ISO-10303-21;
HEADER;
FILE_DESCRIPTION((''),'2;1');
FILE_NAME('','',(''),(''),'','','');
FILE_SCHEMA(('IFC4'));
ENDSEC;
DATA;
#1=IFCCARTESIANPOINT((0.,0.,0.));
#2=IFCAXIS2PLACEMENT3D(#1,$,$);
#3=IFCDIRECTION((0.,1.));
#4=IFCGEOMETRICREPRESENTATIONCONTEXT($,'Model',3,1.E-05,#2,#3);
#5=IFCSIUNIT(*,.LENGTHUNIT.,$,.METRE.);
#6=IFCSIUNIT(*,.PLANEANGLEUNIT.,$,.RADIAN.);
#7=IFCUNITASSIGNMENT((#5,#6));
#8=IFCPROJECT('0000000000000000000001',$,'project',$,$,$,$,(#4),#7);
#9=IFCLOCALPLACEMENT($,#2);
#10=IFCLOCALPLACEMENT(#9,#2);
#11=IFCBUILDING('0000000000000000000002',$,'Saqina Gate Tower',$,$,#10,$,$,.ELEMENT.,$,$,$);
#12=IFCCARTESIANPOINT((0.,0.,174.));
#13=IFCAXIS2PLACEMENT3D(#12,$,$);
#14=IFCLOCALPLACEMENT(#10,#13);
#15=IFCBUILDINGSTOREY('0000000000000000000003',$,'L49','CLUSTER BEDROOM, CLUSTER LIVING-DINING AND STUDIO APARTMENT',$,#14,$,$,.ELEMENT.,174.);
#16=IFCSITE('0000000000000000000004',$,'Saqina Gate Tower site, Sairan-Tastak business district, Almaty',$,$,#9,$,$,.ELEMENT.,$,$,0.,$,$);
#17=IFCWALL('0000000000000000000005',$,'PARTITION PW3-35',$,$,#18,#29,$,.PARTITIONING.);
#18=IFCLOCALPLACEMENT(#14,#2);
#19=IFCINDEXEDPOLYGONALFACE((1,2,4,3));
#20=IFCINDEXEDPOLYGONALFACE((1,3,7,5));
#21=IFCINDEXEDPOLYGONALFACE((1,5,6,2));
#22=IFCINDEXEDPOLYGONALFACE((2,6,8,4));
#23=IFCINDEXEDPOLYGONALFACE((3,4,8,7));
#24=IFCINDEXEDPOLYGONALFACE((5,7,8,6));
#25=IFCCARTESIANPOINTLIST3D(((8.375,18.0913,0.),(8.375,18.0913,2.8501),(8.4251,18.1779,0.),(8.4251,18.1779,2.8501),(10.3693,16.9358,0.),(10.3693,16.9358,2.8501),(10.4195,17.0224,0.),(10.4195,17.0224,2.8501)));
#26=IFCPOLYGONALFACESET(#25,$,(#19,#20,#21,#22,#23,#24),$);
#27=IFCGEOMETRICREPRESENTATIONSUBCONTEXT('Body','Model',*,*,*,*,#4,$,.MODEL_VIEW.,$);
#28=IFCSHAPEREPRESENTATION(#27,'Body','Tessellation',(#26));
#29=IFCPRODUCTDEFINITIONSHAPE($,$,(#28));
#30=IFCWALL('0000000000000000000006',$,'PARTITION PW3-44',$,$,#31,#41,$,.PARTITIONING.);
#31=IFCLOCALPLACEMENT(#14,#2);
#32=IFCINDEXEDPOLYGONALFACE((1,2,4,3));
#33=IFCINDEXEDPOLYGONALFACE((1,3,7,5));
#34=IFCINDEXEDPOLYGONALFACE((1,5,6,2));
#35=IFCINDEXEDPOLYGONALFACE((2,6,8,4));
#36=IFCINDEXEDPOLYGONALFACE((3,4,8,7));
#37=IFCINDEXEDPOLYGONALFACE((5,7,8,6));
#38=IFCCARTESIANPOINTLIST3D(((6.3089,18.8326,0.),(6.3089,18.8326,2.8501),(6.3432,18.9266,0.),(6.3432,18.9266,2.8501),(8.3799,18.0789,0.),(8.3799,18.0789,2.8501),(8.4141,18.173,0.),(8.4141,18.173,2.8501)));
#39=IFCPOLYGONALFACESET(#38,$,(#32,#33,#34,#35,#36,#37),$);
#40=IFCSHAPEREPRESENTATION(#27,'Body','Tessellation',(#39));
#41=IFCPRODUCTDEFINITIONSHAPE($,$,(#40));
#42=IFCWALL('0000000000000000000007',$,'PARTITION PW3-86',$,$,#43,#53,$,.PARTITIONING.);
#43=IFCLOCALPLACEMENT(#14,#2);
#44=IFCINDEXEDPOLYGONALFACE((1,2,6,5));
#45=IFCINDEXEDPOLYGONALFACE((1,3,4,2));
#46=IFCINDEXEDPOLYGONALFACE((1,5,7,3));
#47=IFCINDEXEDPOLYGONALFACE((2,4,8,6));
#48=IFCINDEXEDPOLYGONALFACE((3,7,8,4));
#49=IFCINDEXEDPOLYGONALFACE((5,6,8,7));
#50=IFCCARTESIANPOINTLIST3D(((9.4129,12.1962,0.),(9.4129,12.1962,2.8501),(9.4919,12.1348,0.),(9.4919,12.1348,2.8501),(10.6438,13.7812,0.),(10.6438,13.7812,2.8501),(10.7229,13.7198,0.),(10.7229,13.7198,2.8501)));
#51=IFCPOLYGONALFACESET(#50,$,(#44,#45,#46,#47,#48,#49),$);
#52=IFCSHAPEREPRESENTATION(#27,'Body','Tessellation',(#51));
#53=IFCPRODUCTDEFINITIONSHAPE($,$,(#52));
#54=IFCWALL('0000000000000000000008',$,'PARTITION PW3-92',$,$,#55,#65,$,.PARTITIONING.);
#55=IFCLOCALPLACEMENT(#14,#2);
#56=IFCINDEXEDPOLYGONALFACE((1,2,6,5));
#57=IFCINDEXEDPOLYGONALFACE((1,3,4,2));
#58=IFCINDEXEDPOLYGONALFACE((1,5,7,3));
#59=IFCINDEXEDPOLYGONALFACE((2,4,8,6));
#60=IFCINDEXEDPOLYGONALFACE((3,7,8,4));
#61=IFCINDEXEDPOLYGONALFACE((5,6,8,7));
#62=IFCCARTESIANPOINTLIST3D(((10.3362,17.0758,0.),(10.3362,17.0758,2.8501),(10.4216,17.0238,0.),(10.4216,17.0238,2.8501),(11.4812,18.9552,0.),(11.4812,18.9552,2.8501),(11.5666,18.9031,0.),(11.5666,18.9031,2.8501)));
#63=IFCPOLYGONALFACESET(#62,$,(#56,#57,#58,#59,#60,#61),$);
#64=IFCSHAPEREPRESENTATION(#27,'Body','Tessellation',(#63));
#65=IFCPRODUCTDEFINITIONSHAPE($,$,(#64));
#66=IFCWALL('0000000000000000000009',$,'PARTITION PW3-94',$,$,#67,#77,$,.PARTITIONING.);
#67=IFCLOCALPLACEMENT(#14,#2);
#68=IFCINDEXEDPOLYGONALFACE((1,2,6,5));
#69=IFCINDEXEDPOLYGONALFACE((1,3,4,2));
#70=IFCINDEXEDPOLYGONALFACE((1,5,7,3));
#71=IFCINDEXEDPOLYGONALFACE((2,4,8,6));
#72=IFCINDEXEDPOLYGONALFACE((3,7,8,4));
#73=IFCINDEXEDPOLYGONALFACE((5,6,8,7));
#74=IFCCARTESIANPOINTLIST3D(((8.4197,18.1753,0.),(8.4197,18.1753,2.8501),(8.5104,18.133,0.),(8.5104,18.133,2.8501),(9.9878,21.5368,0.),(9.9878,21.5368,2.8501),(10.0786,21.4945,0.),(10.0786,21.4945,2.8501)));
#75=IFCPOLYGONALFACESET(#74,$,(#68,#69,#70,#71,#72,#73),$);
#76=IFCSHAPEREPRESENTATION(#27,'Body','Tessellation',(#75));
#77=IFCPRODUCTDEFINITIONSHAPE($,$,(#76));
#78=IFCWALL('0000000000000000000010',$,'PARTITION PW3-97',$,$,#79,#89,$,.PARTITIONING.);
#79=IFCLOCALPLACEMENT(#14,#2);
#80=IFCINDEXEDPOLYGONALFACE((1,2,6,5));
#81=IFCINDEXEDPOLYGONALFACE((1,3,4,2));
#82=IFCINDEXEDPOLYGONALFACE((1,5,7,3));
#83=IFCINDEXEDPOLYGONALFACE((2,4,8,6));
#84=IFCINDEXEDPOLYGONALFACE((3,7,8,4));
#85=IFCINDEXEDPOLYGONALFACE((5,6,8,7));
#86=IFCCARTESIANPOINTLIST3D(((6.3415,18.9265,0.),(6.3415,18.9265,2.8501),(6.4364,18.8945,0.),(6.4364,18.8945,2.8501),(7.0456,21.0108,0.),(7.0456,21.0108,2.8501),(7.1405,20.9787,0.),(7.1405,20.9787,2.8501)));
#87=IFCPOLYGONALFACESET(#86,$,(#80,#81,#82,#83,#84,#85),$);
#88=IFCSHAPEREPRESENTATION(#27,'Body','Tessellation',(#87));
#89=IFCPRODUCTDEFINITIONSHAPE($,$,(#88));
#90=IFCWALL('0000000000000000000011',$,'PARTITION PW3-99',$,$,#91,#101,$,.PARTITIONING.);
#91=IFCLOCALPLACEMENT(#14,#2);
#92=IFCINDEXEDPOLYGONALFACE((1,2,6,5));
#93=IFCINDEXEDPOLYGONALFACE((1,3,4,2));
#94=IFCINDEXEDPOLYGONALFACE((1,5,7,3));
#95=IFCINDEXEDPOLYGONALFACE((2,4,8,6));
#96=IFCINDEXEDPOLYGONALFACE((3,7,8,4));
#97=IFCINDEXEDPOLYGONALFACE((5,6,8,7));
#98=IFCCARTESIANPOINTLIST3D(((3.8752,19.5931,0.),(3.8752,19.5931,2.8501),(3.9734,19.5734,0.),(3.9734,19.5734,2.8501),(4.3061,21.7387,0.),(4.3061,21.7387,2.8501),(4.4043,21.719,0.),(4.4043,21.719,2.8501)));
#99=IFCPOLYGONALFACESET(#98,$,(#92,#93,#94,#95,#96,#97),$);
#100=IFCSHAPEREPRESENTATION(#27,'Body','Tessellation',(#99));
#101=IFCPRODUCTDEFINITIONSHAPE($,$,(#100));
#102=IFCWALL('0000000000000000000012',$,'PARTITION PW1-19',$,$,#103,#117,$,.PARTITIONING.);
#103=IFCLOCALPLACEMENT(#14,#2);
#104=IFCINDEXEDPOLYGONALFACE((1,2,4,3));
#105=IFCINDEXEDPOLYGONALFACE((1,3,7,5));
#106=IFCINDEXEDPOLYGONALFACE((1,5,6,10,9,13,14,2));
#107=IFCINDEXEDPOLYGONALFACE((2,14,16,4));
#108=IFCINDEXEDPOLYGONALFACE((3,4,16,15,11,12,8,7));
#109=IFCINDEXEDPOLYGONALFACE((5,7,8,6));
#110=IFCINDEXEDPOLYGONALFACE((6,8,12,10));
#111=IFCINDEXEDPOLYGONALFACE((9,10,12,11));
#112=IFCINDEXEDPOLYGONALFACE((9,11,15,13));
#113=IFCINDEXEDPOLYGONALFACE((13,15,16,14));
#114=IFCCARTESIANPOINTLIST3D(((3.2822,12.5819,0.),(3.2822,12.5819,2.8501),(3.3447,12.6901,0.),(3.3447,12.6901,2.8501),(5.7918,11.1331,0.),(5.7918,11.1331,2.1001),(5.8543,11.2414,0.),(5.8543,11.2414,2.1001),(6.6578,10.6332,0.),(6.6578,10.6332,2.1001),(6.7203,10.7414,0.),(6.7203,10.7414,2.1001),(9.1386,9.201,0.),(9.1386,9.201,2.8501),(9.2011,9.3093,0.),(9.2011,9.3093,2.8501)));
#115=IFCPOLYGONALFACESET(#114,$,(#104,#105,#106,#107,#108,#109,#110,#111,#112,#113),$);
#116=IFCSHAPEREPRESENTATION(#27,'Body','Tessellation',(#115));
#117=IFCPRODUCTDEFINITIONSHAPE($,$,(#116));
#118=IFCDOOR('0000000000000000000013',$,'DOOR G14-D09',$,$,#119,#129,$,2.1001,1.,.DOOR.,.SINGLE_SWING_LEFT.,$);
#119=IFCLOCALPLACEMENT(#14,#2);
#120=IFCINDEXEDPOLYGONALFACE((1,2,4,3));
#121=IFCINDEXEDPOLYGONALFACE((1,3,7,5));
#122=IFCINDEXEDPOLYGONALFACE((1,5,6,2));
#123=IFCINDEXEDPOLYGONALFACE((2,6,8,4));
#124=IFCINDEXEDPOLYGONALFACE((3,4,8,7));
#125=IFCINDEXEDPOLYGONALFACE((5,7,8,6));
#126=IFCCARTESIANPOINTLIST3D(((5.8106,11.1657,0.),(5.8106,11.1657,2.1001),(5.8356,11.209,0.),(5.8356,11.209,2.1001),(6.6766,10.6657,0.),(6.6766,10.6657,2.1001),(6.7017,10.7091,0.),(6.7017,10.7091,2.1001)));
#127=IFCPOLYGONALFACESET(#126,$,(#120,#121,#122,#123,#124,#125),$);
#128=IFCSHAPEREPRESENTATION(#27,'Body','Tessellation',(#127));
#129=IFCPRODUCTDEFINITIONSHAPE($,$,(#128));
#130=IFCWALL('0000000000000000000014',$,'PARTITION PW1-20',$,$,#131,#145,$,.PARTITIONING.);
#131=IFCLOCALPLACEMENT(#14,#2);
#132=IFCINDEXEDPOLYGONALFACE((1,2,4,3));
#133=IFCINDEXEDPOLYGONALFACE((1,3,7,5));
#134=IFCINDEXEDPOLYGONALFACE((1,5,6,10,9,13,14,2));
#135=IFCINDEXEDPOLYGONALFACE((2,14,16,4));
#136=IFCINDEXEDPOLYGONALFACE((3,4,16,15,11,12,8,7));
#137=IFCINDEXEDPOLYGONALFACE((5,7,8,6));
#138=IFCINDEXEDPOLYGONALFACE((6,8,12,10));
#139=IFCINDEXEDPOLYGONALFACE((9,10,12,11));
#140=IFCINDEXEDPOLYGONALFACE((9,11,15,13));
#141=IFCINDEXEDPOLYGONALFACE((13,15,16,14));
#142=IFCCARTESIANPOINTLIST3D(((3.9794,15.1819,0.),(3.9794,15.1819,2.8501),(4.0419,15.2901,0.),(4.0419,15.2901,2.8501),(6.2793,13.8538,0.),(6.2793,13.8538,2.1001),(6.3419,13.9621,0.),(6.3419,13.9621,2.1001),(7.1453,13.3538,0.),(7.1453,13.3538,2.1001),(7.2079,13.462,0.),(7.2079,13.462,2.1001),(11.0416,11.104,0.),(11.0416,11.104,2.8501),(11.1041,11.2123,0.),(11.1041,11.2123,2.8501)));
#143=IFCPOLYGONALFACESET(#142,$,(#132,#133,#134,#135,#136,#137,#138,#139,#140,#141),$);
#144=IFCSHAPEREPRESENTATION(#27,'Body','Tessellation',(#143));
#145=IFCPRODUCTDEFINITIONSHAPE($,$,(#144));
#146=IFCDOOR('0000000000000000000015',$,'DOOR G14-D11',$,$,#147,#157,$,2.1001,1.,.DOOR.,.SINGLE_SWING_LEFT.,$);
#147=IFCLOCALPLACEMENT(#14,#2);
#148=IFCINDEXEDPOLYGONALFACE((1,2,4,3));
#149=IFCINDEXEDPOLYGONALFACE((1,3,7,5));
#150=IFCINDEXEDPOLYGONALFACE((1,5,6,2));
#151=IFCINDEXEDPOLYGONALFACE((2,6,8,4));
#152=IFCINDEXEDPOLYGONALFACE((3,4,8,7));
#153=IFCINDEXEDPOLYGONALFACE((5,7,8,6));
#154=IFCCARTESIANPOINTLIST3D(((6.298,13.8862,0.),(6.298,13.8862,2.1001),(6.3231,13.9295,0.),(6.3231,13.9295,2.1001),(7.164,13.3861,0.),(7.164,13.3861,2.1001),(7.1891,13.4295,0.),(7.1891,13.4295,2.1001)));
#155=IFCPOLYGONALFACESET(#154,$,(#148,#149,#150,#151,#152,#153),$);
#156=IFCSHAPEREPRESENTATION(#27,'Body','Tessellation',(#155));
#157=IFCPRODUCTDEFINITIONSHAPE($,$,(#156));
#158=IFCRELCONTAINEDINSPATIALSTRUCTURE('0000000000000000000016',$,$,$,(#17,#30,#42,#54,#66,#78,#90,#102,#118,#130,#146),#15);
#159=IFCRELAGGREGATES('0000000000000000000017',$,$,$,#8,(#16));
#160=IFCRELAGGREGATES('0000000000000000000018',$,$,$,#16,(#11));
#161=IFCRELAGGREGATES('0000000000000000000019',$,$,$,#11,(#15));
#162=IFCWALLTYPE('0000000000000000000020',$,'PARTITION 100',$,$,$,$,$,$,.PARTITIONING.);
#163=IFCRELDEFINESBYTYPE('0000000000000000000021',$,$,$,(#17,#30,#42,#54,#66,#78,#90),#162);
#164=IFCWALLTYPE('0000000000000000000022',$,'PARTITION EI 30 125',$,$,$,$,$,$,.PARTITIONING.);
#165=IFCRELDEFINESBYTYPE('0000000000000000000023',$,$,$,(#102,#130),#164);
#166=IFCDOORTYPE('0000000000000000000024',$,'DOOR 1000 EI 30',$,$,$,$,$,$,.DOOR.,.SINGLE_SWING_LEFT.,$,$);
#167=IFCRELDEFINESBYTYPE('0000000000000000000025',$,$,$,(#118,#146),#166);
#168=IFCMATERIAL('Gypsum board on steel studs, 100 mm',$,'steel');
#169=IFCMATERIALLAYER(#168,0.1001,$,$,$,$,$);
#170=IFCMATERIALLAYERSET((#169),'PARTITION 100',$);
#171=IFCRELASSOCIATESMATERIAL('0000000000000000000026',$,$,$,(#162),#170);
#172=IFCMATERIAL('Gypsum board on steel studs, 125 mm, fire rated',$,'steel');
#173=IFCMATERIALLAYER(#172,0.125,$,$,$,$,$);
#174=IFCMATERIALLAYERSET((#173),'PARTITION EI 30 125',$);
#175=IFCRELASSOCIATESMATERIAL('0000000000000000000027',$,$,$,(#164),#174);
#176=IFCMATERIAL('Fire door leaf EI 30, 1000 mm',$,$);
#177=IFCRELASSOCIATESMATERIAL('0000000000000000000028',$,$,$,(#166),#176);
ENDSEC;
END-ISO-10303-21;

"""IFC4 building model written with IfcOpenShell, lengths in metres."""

from ifc_helpers import new_model, si_unit, direction, frame, frame_2d, origin, place, context, subcontext, project, spatial, rectangle, extrude, material, layer, layer_set, type_object, element, fill, save


model = new_model("IFC4")

# Units and contexts
model_context = context("Model", 3, precision=1e-05, world=origin(), true_north=direction((0.0, 1.0)))
body_context = subcontext(model_context, "Body", "Model", "MODEL_VIEW")
ifc_project = project(units=[si_unit("LENGTHUNIT", "METRE"), si_unit("PLANEANGLEUNIT", "RADIAN")], contexts=[model_context])

# Site, building, storey
site_placement = place(None, origin())
site = spatial("IfcSite", under=ifc_project, at=site_placement, Name="Saqina Gate Tower site, Sairan-Tastak business district, Almaty", CompositionType="ELEMENT", RefElevation=0.0)
building_placement = place(site_placement, origin())
building = spatial("IfcBuilding", under=site, at=building_placement, Name="Saqina Gate Tower", CompositionType="ELEMENT")
storey_placement = place(building_placement, frame((0.0, 0.0, 174.0)))
storey = spatial("IfcBuildingStorey", under=building, at=storey_placement, Name="L49", Description="CLUSTER BEDROOM, CLUSTER LIVING-DINING AND STUDIO APARTMENT", CompositionType="ELEMENT", Elevation=174.0)

# Walls
ifc_material_1 = material(Name="Gypsum board on steel studs, 100 mm", Category="steel")
ifc_layer_1 = layer(ifc_material_1, 0.1001)
ifc_layer_set_1 = layer_set([ifc_layer_1], Name="PARTITION 100")
wall_type_1 = type_object("IfcWallType", Name="PARTITION 100", PredefinedType="PARTITIONING", material=ifc_layer_set_1)
wall_1_placement = place(storey_placement, frame((8.4001, 18.1345, 0.0), z_axis=(0.0, 0.0, 1.0), x_axis=(0.865262, -0.50132, 0.0)))
element("IfcWall", 1, at=wall_1_placement, inside=storey, type_object=wall_type_1, Name="PARTITION PW3-35", PredefinedType="PARTITIONING", context=body_context, shape_type="SweptSolid", body=[
    extrude(rectangle(XDim=2.3049, YDim=0.1001, at=frame_2d((1.1523, 0.0))), origin(), (0.0, 0.0, 1.0), 2.8501),
])
wall_2_placement = place(storey_placement, frame((6.3259, 18.8796, 0.0), z_axis=(0.0, 0.0, 1.0), x_axis=(0.939713, -0.341965, 0.0)))
element("IfcWall", 2, at=wall_2_placement, inside=storey, type_object=wall_type_1, Name="PARTITION PW3-44", PredefinedType="PARTITIONING", context=body_context, shape_type="SweptSolid", body=[
    extrude(rectangle(XDim=2.2039, YDim=0.1001, at=frame_2d((1.1021, 0.0))), origin(), (0.0, 0.0, 1.0), 2.8501),
])
wall_3_placement = place(storey_placement, frame((9.4524, 12.1655, 0.0), z_axis=(0.0, 0.0, 1.0), x_axis=(0.613385, 0.789784, 0.0)))
element("IfcWall", 3, at=wall_3_placement, inside=storey, type_object=wall_type_1, Name="PARTITION PW3-86", PredefinedType="PARTITIONING", context=body_context, shape_type="SweptSolid", body=[
    extrude(rectangle(XDim=2.0068, YDim=0.1001, at=frame_2d((1.0034, 0.0))), origin(), (0.0, 0.0, 1.0), 2.8501),
])
wall_4_placement = place(storey_placement, frame((10.3789, 17.0498, 0.0), z_axis=(0.0, 0.0, 1.0), x_axis=(0.520292, 0.853989, 0.0)))
element("IfcWall", 4, at=wall_4_placement, inside=storey, type_object=wall_type_1, Name="PARTITION PW3-92", PredefinedType="PARTITIONING", context=body_context, shape_type="SweptSolid", body=[
    extrude(rectangle(XDim=2.2007, YDim=0.1001, at=frame_2d((1.1003, 0.0))), origin(), (0.0, 0.0, 1.0), 2.8501),
])
wall_5_placement = place(storey_placement, frame((8.4651, 18.1543, 0.0), z_axis=(0.0, 0.0, 1.0), x_axis=(0.422774, 0.906235, 0.0)))
element("IfcWall", 5, at=wall_5_placement, inside=storey, type_object=wall_type_1, Name="PARTITION PW3-94", PredefinedType="PARTITIONING", context=body_context, shape_type="SweptSolid", body=[
    extrude(rectangle(XDim=3.7092, YDim=0.1001, at=frame_2d((1.8545, 0.0))), origin(), (0.0, 0.0, 1.0), 2.8501),
])
wall_6_placement = place(storey_placement, frame((6.3889, 18.9104, 0.0), z_axis=(0.0, 0.0, 1.0), x_axis=(0.320054, 0.947399, 0.0)))
element("IfcWall", 6, at=wall_6_placement, inside=storey, type_object=wall_type_1, Name="PARTITION PW3-97", PredefinedType="PARTITIONING", context=body_context, shape_type="SweptSolid", body=[
    extrude(rectangle(XDim=2.2, YDim=0.1001, at=frame_2d((1.1001, 0.0))), origin(), (0.0, 0.0, 1.0), 2.8501),
])
wall_7_placement = place(storey_placement, frame((3.9243, 19.5833, 0.0), z_axis=(0.0, 0.0, 1.0), x_axis=(0.196888, 0.980426, 0.0)))
element("IfcWall", 7, at=wall_7_placement, inside=storey, type_object=wall_type_1, Name="PARTITION PW3-99", PredefinedType="PARTITIONING", context=body_context, shape_type="SweptSolid", body=[
    extrude(rectangle(XDim=2.1885, YDim=0.1001, at=frame_2d((1.0942, 0.0))), origin(), (0.0, 0.0, 1.0), 2.8501),
])

# Walls, openings, doors
ifc_material_2 = material(Name="Gypsum board on steel studs, 125 mm, fire rated", Category="steel")
ifc_layer_2 = layer(ifc_material_2, 0.125)
ifc_layer_set_2 = layer_set([ifc_layer_2], Name="PARTITION EI 30 125")
wall_type_2 = type_object("IfcWallType", Name="PARTITION EI 30 125", PredefinedType="PARTITIONING", material=ifc_layer_set_2)
wall_8_placement = place(storey_placement, frame((3.3135, 12.636, 0.0), z_axis=(0.0, 0.0, 1.0), x_axis=(0.866049, -0.49996, 0.0)))
wall_8 = element("IfcWall", 8, at=wall_8_placement, inside=storey, type_object=wall_type_2, Name="PARTITION PW1-19", PredefinedType="PARTITIONING", context=body_context, shape_type="SweptSolid", body=[
    extrude(rectangle(XDim=6.7622, YDim=0.125, at=frame_2d((3.3811, 0.0))), origin(), (0.0, 0.0, 1.0), 2.8501),
])
opening_1_placement = place(wall_8_placement, frame((2.8977, 0.0, 0.0)))
opening_1 = element("IfcOpeningElement", 9, at=opening_1_placement, cuts=wall_8, PredefinedType="OPENING", context=body_context, shape_type="SweptSolid", body=[
    extrude(rectangle(XDim=1.0, YDim=2.1001, at=frame_2d((0.5, 1.05))), frame((0.0, 0.0745, 0.0), z_axis=(0.0, -1.0, 0.0), x_axis=(1.0, 0.0, 0.0)), (0.0, 0.0, 1.0), 0.1489),
])
ifc_material_3 = material(Name="Fire door leaf EI 30, 1000 mm")
door_type_1 = type_object("IfcDoorType", Name="DOOR 1000 EI 30", OperationType="SINGLE_SWING_LEFT", PredefinedType="DOOR", material=ifc_material_3)
door_1_placement = place(opening_1_placement, frame((1.0, 0.0, 0.0), z_axis=(0.0, 0.0, 1.0), x_axis=(-1.0, 0.0, 0.0)))
door_1 = element("IfcDoor", 10, at=door_1_placement, inside=storey, type_object=door_type_1, Name="DOOR G14-D09", OperationType="SINGLE_SWING_LEFT", OverallHeight=2.1001, OverallWidth=1.0, PredefinedType="DOOR", context=body_context, shape_type="SweptSolid", body=[
    extrude(rectangle(XDim=1.0, YDim=2.1001, at=frame_2d((0.5, 1.05))), frame((0.0, 0.0249, 0.0), z_axis=(0.0, -1.0, 0.0), x_axis=(1.0, 0.0, 0.0)), (0.0, 0.0, 1.0), 0.05),
])
fill(opening_1, door_1)
wall_9_placement = place(storey_placement, frame((4.0105, 15.2361, 0.0), z_axis=(0.0, 0.0, 1.0), x_axis=(0.866, -0.500045, 0.0)))
wall_9 = element("IfcWall", 11, at=wall_9_placement, inside=storey, type_object=wall_type_2, Name="PARTITION PW1-20", PredefinedType="PARTITIONING", context=body_context, shape_type="SweptSolid", body=[
    extrude(rectangle(XDim=8.155, YDim=0.125, at=frame_2d((4.0776, 0.0))), origin(), (0.0, 0.0, 1.0), 2.8501),
])
opening_2_placement = place(wall_9_placement, frame((2.656, 0.0, 0.0)))
opening_2 = element("IfcOpeningElement", 12, at=opening_2_placement, cuts=wall_9, PredefinedType="OPENING", context=body_context, shape_type="SweptSolid", body=[
    extrude(rectangle(XDim=1.0, YDim=2.1001, at=frame_2d((0.5, 1.05))), frame((0.0, 0.0745, 0.0), z_axis=(0.0, -1.0, 0.0), x_axis=(1.0, 0.0, 0.0)), (0.0, 0.0, 1.0), 0.1489),
])
door_2_placement = place(opening_2_placement, origin())
door_2 = element("IfcDoor", 13, at=door_2_placement, inside=storey, type_object=door_type_1, Name="DOOR G14-D11", OperationType="SINGLE_SWING_LEFT", OverallHeight=2.1001, OverallWidth=1.0, PredefinedType="DOOR", context=body_context, shape_type="SweptSolid", body=[
    extrude(rectangle(XDim=1.0, YDim=2.1001, at=frame_2d((0.5, 1.05))), frame((0.0, 0.0249, 0.0), z_axis=(0.0, -1.0, 0.0), x_axis=(1.0, 0.0, 0.0)), (0.0, 0.0, 1.0), 0.05),
])
fill(opening_2, door_2)

save(model, "model.ifc")
